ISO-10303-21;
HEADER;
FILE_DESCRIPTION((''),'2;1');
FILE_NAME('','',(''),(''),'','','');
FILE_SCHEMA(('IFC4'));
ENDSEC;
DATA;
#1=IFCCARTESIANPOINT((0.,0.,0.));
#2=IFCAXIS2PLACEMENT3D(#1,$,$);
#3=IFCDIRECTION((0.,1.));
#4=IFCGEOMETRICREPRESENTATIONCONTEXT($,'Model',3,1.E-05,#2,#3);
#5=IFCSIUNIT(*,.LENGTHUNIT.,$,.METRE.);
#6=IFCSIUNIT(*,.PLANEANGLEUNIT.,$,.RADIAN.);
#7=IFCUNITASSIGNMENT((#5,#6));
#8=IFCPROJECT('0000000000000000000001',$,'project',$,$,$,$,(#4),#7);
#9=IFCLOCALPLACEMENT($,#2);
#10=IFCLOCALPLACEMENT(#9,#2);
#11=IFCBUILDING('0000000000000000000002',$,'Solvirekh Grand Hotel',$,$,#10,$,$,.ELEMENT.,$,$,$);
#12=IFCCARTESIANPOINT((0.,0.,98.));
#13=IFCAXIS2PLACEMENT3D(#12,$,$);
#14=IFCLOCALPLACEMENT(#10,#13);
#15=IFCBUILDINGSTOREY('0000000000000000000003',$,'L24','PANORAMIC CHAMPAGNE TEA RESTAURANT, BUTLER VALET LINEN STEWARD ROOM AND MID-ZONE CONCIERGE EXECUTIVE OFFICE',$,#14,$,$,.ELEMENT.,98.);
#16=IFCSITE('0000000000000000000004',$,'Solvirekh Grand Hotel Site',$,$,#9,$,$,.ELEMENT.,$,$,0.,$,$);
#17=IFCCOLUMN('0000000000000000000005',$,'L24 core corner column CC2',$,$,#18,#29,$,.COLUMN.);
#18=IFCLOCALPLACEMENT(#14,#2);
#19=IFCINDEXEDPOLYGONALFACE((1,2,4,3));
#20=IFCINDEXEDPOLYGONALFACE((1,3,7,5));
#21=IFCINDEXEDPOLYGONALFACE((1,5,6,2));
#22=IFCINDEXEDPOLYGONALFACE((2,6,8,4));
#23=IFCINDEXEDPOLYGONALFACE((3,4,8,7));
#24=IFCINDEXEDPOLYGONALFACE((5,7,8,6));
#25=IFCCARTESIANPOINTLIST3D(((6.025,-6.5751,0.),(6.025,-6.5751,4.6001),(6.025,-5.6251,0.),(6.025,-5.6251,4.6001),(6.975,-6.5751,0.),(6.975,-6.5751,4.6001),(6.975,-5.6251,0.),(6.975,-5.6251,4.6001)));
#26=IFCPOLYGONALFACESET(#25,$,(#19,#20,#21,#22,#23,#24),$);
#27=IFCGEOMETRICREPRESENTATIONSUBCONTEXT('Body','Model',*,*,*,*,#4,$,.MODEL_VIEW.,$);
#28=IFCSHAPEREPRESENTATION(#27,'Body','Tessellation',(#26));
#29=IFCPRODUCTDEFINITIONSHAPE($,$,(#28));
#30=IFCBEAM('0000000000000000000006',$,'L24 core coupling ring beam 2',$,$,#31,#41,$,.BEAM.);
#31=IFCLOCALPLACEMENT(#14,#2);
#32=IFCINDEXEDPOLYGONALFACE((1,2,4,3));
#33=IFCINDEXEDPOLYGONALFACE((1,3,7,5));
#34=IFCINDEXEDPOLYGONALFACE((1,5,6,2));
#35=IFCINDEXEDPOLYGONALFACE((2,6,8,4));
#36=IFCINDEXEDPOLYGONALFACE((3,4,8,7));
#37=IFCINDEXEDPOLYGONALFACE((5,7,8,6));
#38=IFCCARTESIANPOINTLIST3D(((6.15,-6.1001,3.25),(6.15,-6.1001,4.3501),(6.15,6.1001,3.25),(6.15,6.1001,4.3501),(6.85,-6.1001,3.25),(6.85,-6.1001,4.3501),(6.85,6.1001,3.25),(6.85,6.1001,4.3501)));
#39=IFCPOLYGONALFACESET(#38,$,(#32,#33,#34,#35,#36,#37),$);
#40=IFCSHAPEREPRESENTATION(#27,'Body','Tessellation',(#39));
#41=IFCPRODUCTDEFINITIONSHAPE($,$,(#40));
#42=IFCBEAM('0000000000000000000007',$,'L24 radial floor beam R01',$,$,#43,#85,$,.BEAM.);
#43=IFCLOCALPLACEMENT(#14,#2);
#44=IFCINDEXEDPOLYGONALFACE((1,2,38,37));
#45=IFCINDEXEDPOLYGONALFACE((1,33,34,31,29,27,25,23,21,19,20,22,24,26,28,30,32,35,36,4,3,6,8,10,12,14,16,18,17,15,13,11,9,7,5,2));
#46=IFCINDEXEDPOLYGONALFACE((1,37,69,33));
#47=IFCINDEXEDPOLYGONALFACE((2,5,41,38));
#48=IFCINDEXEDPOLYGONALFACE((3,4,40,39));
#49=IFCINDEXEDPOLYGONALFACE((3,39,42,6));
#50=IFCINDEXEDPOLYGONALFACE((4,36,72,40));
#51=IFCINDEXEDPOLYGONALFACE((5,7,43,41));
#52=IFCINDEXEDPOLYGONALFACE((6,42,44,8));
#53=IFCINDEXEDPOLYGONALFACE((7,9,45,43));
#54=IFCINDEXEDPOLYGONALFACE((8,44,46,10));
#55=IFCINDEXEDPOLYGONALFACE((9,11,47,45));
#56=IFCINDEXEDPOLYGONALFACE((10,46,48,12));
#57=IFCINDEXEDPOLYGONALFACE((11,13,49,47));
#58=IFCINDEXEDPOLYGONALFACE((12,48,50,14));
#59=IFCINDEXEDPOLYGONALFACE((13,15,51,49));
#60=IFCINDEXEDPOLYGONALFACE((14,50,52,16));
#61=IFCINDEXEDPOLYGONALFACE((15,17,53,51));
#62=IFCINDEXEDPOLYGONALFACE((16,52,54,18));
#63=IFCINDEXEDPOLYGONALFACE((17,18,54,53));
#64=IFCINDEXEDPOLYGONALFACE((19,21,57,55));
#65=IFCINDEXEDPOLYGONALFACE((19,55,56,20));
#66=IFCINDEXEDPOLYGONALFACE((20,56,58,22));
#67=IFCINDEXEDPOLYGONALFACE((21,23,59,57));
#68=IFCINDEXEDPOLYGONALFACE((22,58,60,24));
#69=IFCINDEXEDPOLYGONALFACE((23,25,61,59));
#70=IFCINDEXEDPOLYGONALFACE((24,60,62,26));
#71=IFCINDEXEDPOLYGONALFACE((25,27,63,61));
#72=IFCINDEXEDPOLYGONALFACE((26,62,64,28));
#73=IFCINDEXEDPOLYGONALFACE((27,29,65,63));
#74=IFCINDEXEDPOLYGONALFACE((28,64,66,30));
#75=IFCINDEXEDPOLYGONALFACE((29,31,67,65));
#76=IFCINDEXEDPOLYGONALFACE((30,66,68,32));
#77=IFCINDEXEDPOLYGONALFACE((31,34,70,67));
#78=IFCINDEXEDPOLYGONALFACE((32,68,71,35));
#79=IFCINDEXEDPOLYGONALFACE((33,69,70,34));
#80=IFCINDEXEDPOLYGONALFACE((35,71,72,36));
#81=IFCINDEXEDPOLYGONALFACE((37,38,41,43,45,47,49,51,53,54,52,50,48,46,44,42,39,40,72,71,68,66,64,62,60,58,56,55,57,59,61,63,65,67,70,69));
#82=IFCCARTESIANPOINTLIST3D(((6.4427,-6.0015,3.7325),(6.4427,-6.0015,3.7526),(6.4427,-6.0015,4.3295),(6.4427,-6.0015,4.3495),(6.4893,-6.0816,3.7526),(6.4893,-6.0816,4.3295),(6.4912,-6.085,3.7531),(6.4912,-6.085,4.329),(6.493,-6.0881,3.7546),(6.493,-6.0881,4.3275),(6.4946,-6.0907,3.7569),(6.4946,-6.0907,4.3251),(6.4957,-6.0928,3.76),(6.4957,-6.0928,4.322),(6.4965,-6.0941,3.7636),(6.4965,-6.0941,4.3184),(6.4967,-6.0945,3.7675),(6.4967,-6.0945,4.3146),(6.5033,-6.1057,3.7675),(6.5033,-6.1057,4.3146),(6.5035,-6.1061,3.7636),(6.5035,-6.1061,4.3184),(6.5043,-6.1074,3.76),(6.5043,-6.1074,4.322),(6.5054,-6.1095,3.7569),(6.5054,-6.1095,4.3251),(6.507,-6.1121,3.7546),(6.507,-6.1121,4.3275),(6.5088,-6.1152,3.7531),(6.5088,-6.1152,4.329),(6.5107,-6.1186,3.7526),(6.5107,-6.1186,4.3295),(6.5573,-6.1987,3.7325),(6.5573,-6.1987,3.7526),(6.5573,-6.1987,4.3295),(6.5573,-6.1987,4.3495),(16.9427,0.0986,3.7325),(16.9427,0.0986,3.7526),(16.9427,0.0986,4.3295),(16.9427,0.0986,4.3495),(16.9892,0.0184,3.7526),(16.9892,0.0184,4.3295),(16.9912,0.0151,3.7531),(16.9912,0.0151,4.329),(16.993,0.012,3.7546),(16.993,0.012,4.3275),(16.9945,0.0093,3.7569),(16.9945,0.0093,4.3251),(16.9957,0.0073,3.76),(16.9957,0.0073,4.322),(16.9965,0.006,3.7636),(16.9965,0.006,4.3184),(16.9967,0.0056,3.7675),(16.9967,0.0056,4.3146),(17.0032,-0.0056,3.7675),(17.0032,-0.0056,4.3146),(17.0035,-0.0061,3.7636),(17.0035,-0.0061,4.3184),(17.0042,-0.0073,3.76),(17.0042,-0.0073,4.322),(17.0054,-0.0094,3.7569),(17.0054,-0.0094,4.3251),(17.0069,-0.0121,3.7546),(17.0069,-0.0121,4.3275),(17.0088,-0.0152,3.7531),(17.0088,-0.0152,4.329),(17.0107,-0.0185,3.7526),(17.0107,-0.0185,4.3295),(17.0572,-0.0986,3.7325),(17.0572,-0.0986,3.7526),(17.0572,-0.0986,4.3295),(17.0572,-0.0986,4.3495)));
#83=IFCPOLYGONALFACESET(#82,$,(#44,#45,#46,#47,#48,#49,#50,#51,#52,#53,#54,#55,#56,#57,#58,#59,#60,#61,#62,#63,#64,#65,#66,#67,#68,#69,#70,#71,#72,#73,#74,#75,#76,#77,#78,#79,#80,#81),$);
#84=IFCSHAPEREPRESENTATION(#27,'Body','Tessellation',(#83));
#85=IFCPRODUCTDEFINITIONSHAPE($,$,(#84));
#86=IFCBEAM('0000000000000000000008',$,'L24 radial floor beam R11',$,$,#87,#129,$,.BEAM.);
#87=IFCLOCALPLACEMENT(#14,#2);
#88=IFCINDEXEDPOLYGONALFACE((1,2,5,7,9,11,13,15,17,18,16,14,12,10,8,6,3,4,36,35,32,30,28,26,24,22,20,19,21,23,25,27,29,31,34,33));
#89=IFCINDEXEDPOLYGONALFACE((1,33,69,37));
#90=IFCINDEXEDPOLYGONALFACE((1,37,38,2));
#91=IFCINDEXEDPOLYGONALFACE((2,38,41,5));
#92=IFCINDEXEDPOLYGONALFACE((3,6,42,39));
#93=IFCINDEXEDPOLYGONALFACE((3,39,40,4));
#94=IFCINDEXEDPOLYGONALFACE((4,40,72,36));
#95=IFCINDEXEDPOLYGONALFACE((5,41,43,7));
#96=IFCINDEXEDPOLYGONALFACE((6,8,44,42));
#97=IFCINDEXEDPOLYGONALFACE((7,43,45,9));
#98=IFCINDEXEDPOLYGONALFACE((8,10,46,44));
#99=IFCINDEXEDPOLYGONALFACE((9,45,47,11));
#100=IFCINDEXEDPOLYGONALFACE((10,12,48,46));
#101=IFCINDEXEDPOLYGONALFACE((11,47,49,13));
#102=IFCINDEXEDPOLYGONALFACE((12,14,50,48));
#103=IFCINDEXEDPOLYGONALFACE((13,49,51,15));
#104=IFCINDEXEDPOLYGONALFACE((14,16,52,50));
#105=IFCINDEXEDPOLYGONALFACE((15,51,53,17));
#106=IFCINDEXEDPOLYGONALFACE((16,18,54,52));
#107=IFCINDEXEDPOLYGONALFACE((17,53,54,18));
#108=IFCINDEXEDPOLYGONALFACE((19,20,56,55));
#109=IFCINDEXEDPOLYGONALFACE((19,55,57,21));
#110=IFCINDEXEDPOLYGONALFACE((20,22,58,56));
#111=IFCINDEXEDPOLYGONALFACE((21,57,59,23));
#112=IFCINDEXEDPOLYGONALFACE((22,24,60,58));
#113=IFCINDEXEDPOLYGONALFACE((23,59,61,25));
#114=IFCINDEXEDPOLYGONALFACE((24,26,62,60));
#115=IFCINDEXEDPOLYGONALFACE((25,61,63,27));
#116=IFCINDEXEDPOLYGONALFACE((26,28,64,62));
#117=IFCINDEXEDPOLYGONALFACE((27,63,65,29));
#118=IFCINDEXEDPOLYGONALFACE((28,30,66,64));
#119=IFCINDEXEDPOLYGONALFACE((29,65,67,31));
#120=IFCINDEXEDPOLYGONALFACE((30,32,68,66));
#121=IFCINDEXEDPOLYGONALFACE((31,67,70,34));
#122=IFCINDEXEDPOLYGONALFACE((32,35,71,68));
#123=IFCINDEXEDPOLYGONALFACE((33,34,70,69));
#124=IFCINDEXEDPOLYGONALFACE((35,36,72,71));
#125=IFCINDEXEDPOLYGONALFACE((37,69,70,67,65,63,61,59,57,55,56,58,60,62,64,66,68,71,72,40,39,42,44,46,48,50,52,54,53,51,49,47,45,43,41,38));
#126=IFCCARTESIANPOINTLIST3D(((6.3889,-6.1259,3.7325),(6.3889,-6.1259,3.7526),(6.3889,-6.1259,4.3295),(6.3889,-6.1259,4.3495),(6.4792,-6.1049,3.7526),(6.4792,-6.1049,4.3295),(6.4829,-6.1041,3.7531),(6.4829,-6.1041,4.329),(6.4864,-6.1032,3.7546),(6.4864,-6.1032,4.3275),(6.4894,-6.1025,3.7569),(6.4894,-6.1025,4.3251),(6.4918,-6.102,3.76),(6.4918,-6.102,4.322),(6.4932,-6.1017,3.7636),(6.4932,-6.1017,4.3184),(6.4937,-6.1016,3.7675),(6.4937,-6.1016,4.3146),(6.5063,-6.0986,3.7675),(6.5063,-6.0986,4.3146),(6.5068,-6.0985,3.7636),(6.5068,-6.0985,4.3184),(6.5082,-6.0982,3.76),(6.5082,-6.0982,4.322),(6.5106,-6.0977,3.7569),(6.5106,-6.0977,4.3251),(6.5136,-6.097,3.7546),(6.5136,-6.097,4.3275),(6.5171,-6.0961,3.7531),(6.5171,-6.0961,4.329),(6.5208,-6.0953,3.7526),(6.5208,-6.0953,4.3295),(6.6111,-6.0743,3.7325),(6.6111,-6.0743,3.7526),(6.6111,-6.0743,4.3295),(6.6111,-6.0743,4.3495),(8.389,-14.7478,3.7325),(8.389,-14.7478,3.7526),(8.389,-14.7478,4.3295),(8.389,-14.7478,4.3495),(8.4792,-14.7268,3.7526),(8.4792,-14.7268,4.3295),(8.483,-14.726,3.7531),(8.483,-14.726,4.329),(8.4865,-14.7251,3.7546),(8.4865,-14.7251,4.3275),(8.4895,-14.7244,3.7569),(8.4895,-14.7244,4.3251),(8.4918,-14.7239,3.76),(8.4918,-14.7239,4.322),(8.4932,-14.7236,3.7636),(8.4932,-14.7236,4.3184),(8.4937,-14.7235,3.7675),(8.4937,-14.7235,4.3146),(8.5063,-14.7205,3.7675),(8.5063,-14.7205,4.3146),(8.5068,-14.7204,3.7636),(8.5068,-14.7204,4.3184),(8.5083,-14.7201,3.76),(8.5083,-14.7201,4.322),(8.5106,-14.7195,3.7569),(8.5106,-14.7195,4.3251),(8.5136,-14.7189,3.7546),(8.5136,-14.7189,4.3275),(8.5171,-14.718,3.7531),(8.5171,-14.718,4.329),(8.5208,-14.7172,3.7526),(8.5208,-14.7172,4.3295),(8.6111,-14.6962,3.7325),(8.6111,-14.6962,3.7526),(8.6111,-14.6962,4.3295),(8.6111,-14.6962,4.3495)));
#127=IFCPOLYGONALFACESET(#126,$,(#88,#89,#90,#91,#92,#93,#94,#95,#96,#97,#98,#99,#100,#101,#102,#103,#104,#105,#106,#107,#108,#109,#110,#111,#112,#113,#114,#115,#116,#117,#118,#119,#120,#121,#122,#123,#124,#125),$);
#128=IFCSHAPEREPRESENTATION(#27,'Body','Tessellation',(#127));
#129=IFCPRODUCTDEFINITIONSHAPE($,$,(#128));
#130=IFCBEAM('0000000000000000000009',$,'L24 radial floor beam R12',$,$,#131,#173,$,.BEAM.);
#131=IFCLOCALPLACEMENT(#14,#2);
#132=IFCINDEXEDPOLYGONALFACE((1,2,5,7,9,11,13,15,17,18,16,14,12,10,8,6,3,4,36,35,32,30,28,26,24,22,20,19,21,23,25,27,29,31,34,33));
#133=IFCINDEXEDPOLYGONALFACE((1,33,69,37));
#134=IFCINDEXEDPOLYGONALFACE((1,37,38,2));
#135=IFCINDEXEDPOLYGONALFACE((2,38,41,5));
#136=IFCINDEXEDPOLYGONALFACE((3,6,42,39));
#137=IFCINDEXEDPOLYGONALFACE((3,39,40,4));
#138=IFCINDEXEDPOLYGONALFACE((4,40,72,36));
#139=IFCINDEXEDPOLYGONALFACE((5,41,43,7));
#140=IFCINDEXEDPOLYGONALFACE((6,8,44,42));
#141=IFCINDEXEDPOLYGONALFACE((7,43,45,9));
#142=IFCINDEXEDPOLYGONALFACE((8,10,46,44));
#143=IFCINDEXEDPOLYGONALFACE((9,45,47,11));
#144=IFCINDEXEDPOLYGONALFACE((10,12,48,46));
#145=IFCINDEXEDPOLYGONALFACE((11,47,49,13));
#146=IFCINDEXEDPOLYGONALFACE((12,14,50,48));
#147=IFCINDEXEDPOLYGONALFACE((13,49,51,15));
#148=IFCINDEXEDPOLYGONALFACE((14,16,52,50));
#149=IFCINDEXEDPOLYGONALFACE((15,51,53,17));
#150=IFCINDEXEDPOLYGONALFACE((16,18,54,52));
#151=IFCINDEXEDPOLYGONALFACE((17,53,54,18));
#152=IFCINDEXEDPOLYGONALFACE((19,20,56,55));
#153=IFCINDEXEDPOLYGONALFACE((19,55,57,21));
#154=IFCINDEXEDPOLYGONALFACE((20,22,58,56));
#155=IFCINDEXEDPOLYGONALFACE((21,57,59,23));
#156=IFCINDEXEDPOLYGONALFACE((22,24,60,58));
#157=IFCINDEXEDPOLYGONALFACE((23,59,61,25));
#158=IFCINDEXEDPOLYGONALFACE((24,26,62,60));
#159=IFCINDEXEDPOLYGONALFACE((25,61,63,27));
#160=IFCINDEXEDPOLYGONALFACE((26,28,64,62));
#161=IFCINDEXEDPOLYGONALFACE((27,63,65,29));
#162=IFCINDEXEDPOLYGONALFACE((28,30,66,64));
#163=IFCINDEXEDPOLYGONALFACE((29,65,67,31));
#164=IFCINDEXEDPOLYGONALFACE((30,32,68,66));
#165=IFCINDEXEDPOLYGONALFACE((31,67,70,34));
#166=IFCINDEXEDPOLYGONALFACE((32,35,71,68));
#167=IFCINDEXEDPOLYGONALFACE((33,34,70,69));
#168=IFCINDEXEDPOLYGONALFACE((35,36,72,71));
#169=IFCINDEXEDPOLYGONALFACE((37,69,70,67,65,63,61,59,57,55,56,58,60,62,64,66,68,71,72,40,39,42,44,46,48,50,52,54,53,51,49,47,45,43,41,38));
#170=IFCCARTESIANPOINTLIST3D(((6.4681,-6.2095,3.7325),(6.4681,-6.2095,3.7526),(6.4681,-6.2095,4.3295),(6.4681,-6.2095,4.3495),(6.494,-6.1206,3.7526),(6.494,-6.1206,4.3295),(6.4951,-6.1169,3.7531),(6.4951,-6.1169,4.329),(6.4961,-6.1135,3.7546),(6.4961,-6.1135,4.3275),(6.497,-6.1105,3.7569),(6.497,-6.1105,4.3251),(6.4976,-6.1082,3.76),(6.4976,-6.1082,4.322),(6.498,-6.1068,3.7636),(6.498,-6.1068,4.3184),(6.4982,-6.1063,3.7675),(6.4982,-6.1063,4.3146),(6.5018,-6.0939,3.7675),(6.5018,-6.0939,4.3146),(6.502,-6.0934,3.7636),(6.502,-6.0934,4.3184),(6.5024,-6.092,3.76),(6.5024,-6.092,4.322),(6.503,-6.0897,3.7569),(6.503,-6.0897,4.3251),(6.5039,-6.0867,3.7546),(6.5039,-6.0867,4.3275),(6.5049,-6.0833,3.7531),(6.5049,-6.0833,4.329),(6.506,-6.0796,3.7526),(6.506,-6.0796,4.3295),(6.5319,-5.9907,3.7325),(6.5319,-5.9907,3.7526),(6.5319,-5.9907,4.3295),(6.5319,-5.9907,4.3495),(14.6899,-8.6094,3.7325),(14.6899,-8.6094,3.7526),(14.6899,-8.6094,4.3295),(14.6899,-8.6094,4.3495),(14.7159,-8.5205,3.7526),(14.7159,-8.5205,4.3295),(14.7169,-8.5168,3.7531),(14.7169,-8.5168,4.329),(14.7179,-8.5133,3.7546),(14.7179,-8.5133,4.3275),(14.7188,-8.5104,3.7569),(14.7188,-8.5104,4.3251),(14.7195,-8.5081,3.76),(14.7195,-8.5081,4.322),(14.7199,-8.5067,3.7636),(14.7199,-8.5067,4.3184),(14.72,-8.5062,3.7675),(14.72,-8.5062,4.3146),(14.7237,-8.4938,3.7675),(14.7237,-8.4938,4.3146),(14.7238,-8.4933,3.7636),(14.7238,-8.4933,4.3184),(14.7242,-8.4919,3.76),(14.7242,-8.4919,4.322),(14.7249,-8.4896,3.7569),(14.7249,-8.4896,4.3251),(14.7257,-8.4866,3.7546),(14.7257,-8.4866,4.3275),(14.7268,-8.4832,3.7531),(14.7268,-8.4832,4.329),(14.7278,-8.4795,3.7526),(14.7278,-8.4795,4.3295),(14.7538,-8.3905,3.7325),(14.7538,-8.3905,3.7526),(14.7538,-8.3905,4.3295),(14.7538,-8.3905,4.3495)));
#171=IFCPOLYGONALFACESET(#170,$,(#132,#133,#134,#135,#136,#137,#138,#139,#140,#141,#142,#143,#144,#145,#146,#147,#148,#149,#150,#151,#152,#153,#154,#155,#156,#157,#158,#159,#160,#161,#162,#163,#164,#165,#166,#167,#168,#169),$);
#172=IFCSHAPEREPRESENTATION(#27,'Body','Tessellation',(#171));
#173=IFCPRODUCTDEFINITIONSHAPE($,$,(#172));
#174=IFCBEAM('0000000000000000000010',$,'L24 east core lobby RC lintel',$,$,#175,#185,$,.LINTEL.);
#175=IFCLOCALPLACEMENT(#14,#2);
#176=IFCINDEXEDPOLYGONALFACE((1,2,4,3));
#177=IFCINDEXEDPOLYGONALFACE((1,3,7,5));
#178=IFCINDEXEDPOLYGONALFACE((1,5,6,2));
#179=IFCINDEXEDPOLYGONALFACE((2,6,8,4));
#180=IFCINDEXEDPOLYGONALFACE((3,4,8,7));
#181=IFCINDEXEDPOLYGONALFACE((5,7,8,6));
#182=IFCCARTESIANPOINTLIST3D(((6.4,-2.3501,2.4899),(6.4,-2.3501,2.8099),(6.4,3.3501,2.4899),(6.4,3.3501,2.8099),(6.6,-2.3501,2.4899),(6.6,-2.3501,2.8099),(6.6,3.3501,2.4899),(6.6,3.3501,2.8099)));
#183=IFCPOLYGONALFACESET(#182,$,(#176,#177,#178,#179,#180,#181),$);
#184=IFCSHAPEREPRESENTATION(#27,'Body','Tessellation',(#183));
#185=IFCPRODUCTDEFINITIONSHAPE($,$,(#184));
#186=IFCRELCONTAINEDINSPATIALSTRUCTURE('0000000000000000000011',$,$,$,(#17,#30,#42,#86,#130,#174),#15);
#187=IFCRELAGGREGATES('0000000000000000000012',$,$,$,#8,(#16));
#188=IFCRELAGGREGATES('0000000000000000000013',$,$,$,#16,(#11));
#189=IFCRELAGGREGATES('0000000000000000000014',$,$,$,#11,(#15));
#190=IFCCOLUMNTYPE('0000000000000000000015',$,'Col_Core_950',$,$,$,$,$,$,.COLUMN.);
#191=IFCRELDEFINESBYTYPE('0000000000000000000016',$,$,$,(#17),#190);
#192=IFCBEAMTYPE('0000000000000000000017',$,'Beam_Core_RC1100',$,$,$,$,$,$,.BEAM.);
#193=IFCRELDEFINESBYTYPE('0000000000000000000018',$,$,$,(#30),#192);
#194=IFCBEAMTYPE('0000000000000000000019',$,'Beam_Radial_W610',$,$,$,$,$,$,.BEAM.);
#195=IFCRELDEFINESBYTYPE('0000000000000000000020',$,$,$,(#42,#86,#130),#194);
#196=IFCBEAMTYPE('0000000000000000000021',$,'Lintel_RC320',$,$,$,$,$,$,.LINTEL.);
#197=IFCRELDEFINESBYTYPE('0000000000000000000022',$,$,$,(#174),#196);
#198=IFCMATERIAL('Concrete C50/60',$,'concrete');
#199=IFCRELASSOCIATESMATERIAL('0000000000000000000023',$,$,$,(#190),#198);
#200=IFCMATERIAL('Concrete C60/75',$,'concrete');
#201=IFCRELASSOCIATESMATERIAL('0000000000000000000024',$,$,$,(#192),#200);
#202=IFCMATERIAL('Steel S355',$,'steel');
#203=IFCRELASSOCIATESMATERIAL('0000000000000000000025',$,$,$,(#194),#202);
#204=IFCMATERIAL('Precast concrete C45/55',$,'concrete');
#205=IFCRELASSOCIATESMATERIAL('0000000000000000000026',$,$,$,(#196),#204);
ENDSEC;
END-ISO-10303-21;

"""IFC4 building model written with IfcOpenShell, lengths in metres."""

from ifc_helpers import new_model, si_unit, direction, frame, origin, origin_2d, place, context, subcontext, project, spatial, rectangle, i_section, extrude, material, material_profile, profile_set, type_object, element, save


model = new_model("IFC4")

# Units and contexts
model_context = context("Model", 3, precision=1e-05, world=origin(), true_north=direction((0.0, 1.0)))
body_context = subcontext(model_context, "Body", "Model", "MODEL_VIEW")
ifc_project = project(units=[si_unit("LENGTHUNIT", "METRE"), si_unit("PLANEANGLEUNIT", "RADIAN")], contexts=[model_context])

# Site, building, storey
site_placement = place(None, origin())
site = spatial("IfcSite", under=ifc_project, at=site_placement, Name="Solvirekh Grand Hotel Site", CompositionType="ELEMENT", RefElevation=0.0)
building_placement = place(site_placement, origin())
building = spatial("IfcBuilding", under=site, at=building_placement, Name="Solvirekh Grand Hotel", CompositionType="ELEMENT")
storey_placement = place(building_placement, frame((0.0, 0.0, 98.0)))
storey = spatial("IfcBuildingStorey", under=building, at=storey_placement, Name="L24", Description="PANORAMIC CHAMPAGNE TEA RESTAURANT, BUTLER VALET LINEN STEWARD ROOM AND MID-ZONE CONCIERGE EXECUTIVE OFFICE", CompositionType="ELEMENT", Elevation=98.0)

# Column
ifc_material_1 = material(Name="Concrete C50/60", Category="concrete")
ifc_material_profile_1 = material_profile(ifc_material_1, rectangle(XDim=0.95, YDim=0.95, at=origin_2d()), Name="RC 950X950")
ifc_profile_set_1 = profile_set([ifc_material_profile_1], Name="Concrete C50/60")
column_type = type_object("IfcColumnType", Name="Col_Core_950", PredefinedType="COLUMN", material=ifc_profile_set_1)
column_placement = place(storey_placement, frame((6.5, -6.1001, 0.0), z_axis=(0.0, 0.0, 1.0), x_axis=(1.0, 0.0, 0.0)))
element("IfcColumn", 1, at=column_placement, inside=storey, type_object=column_type, Name="L24 core corner column CC2", PredefinedType="COLUMN", context=body_context, shape_type="SweptSolid", body=[
    extrude(rectangle(XDim=0.95, YDim=0.95, at=origin_2d()), origin(), (0.0, 0.0, 1.0), 4.6001),
])

# Beams
ifc_material_2 = material(Name="Concrete C60/75", Category="concrete")
ifc_material_profile_2 = material_profile(ifc_material_2, rectangle(XDim=0.7, YDim=1.1001, at=origin_2d()), Name="RC BEAM 700X1100")
ifc_profile_set_2 = profile_set([ifc_material_profile_2], Name="Concrete C60/75")
beam_type_1 = type_object("IfcBeamType", Name="Beam_Core_RC1100", PredefinedType="BEAM", material=ifc_profile_set_2)
beam_1_placement = place(storey_placement, frame((6.5, -6.1001, 3.8), z_axis=(0.0, 1.0, 0.0), x_axis=(-1.0, 0.0, 0.0)))
element("IfcBeam", 2, at=beam_1_placement, inside=storey, type_object=beam_type_1, Name="L24 core coupling ring beam 2", PredefinedType="BEAM", context=body_context, shape_type="SweptSolid", body=[
    extrude(rectangle(XDim=0.7, YDim=1.1001, at=origin_2d()), origin(), (0.0, 0.0, 1.0), 12.2002),
])
ifc_material_3 = material(Name="Steel S355", Category="steel")
ifc_material_profile_3 = material_profile(ifc_material_3, i_section(OverallWidth=0.228, OverallDepth=0.6169, WebThickness=0.0129, FlangeThickness=0.02, FilletRadius=0.0149, at=origin_2d()), Name="W610X140")
ifc_profile_set_3 = profile_set([ifc_material_profile_3], Name="Steel S355")
beam_type_2 = type_object("IfcBeamType", Name="Beam_Radial_W610", PredefinedType="BEAM", material=ifc_profile_set_3)
beam_2_placement = place(storey_placement, frame((6.5, -6.1001, 4.041), z_axis=(0.86467, 0.50234, 0.0), x_axis=(-0.50234, 0.86467, 0.0)))
element("IfcBeam", 3, at=beam_2_placement, inside=storey, type_object=beam_type_2, Name="L24 radial floor beam R01", PredefinedType="BEAM", context=body_context, shape_type="SweptSolid", body=[
    extrude(i_section(OverallWidth=0.228, OverallDepth=0.6169, WebThickness=0.0129, FlangeThickness=0.02, FilletRadius=0.0149, at=origin_2d()), origin(), (0.0, 0.0, 1.0), 12.1433),
])
beam_3_placement = place(storey_placement, frame((6.5, -6.1001, 4.041), z_axis=(0.225969, -0.974134, 0.0), x_axis=(0.974134, 0.225969, 0.0)))
element("IfcBeam", 4, at=beam_3_placement, inside=storey, type_object=beam_type_2, Name="L24 radial floor beam R11", PredefinedType="BEAM", context=body_context, shape_type="SweptSolid", body=[
    extrude(i_section(OverallWidth=0.228, OverallDepth=0.6169, WebThickness=0.0129, FlangeThickness=0.02, FilletRadius=0.0149, at=origin_2d()), origin(), (0.0, 0.0, 1.0), 8.8508),
])
beam_4_placement = place(storey_placement, frame((6.5, -6.1001, 4.041), z_axis=(0.959942, -0.280198, 0.0), x_axis=(0.280198, 0.959942, 0.0)))
element("IfcBeam", 5, at=beam_4_placement, inside=storey, type_object=beam_type_2, Name="L24 radial floor beam R12", PredefinedType="BEAM", context=body_context, shape_type="SweptSolid", body=[
    extrude(i_section(OverallWidth=0.228, OverallDepth=0.6169, WebThickness=0.0129, FlangeThickness=0.02, FilletRadius=0.0149, at=origin_2d()), origin(), (0.0, 0.0, 1.0), 8.5649),
])
ifc_material_4 = material(Name="Precast concrete C45/55", Category="concrete")
ifc_material_profile_4 = material_profile(ifc_material_4, rectangle(XDim=0.2, YDim=0.3201, at=origin_2d()), Name="RC LINTEL 200X320")
ifc_profile_set_4 = profile_set([ifc_material_profile_4], Name="Precast concrete C45/55")
beam_type_3 = type_object("IfcBeamType", Name="Lintel_RC320", PredefinedType="LINTEL", material=ifc_profile_set_4)
beam_5_placement = place(storey_placement, frame((6.5, -2.3501, 2.6499), z_axis=(0.0, 1.0, 0.0), x_axis=(-1.0, 0.0, 0.0)))
element("IfcBeam", 6, at=beam_5_placement, inside=storey, type_object=beam_type_3, Name="L24 east core lobby RC lintel", PredefinedType="LINTEL", context=body_context, shape_type="SweptSolid", body=[
    extrude(rectangle(XDim=0.2, YDim=0.3201, at=origin_2d()), origin(), (0.0, 0.0, 1.0), 5.7002),
])

save(model, "model.ifc")
